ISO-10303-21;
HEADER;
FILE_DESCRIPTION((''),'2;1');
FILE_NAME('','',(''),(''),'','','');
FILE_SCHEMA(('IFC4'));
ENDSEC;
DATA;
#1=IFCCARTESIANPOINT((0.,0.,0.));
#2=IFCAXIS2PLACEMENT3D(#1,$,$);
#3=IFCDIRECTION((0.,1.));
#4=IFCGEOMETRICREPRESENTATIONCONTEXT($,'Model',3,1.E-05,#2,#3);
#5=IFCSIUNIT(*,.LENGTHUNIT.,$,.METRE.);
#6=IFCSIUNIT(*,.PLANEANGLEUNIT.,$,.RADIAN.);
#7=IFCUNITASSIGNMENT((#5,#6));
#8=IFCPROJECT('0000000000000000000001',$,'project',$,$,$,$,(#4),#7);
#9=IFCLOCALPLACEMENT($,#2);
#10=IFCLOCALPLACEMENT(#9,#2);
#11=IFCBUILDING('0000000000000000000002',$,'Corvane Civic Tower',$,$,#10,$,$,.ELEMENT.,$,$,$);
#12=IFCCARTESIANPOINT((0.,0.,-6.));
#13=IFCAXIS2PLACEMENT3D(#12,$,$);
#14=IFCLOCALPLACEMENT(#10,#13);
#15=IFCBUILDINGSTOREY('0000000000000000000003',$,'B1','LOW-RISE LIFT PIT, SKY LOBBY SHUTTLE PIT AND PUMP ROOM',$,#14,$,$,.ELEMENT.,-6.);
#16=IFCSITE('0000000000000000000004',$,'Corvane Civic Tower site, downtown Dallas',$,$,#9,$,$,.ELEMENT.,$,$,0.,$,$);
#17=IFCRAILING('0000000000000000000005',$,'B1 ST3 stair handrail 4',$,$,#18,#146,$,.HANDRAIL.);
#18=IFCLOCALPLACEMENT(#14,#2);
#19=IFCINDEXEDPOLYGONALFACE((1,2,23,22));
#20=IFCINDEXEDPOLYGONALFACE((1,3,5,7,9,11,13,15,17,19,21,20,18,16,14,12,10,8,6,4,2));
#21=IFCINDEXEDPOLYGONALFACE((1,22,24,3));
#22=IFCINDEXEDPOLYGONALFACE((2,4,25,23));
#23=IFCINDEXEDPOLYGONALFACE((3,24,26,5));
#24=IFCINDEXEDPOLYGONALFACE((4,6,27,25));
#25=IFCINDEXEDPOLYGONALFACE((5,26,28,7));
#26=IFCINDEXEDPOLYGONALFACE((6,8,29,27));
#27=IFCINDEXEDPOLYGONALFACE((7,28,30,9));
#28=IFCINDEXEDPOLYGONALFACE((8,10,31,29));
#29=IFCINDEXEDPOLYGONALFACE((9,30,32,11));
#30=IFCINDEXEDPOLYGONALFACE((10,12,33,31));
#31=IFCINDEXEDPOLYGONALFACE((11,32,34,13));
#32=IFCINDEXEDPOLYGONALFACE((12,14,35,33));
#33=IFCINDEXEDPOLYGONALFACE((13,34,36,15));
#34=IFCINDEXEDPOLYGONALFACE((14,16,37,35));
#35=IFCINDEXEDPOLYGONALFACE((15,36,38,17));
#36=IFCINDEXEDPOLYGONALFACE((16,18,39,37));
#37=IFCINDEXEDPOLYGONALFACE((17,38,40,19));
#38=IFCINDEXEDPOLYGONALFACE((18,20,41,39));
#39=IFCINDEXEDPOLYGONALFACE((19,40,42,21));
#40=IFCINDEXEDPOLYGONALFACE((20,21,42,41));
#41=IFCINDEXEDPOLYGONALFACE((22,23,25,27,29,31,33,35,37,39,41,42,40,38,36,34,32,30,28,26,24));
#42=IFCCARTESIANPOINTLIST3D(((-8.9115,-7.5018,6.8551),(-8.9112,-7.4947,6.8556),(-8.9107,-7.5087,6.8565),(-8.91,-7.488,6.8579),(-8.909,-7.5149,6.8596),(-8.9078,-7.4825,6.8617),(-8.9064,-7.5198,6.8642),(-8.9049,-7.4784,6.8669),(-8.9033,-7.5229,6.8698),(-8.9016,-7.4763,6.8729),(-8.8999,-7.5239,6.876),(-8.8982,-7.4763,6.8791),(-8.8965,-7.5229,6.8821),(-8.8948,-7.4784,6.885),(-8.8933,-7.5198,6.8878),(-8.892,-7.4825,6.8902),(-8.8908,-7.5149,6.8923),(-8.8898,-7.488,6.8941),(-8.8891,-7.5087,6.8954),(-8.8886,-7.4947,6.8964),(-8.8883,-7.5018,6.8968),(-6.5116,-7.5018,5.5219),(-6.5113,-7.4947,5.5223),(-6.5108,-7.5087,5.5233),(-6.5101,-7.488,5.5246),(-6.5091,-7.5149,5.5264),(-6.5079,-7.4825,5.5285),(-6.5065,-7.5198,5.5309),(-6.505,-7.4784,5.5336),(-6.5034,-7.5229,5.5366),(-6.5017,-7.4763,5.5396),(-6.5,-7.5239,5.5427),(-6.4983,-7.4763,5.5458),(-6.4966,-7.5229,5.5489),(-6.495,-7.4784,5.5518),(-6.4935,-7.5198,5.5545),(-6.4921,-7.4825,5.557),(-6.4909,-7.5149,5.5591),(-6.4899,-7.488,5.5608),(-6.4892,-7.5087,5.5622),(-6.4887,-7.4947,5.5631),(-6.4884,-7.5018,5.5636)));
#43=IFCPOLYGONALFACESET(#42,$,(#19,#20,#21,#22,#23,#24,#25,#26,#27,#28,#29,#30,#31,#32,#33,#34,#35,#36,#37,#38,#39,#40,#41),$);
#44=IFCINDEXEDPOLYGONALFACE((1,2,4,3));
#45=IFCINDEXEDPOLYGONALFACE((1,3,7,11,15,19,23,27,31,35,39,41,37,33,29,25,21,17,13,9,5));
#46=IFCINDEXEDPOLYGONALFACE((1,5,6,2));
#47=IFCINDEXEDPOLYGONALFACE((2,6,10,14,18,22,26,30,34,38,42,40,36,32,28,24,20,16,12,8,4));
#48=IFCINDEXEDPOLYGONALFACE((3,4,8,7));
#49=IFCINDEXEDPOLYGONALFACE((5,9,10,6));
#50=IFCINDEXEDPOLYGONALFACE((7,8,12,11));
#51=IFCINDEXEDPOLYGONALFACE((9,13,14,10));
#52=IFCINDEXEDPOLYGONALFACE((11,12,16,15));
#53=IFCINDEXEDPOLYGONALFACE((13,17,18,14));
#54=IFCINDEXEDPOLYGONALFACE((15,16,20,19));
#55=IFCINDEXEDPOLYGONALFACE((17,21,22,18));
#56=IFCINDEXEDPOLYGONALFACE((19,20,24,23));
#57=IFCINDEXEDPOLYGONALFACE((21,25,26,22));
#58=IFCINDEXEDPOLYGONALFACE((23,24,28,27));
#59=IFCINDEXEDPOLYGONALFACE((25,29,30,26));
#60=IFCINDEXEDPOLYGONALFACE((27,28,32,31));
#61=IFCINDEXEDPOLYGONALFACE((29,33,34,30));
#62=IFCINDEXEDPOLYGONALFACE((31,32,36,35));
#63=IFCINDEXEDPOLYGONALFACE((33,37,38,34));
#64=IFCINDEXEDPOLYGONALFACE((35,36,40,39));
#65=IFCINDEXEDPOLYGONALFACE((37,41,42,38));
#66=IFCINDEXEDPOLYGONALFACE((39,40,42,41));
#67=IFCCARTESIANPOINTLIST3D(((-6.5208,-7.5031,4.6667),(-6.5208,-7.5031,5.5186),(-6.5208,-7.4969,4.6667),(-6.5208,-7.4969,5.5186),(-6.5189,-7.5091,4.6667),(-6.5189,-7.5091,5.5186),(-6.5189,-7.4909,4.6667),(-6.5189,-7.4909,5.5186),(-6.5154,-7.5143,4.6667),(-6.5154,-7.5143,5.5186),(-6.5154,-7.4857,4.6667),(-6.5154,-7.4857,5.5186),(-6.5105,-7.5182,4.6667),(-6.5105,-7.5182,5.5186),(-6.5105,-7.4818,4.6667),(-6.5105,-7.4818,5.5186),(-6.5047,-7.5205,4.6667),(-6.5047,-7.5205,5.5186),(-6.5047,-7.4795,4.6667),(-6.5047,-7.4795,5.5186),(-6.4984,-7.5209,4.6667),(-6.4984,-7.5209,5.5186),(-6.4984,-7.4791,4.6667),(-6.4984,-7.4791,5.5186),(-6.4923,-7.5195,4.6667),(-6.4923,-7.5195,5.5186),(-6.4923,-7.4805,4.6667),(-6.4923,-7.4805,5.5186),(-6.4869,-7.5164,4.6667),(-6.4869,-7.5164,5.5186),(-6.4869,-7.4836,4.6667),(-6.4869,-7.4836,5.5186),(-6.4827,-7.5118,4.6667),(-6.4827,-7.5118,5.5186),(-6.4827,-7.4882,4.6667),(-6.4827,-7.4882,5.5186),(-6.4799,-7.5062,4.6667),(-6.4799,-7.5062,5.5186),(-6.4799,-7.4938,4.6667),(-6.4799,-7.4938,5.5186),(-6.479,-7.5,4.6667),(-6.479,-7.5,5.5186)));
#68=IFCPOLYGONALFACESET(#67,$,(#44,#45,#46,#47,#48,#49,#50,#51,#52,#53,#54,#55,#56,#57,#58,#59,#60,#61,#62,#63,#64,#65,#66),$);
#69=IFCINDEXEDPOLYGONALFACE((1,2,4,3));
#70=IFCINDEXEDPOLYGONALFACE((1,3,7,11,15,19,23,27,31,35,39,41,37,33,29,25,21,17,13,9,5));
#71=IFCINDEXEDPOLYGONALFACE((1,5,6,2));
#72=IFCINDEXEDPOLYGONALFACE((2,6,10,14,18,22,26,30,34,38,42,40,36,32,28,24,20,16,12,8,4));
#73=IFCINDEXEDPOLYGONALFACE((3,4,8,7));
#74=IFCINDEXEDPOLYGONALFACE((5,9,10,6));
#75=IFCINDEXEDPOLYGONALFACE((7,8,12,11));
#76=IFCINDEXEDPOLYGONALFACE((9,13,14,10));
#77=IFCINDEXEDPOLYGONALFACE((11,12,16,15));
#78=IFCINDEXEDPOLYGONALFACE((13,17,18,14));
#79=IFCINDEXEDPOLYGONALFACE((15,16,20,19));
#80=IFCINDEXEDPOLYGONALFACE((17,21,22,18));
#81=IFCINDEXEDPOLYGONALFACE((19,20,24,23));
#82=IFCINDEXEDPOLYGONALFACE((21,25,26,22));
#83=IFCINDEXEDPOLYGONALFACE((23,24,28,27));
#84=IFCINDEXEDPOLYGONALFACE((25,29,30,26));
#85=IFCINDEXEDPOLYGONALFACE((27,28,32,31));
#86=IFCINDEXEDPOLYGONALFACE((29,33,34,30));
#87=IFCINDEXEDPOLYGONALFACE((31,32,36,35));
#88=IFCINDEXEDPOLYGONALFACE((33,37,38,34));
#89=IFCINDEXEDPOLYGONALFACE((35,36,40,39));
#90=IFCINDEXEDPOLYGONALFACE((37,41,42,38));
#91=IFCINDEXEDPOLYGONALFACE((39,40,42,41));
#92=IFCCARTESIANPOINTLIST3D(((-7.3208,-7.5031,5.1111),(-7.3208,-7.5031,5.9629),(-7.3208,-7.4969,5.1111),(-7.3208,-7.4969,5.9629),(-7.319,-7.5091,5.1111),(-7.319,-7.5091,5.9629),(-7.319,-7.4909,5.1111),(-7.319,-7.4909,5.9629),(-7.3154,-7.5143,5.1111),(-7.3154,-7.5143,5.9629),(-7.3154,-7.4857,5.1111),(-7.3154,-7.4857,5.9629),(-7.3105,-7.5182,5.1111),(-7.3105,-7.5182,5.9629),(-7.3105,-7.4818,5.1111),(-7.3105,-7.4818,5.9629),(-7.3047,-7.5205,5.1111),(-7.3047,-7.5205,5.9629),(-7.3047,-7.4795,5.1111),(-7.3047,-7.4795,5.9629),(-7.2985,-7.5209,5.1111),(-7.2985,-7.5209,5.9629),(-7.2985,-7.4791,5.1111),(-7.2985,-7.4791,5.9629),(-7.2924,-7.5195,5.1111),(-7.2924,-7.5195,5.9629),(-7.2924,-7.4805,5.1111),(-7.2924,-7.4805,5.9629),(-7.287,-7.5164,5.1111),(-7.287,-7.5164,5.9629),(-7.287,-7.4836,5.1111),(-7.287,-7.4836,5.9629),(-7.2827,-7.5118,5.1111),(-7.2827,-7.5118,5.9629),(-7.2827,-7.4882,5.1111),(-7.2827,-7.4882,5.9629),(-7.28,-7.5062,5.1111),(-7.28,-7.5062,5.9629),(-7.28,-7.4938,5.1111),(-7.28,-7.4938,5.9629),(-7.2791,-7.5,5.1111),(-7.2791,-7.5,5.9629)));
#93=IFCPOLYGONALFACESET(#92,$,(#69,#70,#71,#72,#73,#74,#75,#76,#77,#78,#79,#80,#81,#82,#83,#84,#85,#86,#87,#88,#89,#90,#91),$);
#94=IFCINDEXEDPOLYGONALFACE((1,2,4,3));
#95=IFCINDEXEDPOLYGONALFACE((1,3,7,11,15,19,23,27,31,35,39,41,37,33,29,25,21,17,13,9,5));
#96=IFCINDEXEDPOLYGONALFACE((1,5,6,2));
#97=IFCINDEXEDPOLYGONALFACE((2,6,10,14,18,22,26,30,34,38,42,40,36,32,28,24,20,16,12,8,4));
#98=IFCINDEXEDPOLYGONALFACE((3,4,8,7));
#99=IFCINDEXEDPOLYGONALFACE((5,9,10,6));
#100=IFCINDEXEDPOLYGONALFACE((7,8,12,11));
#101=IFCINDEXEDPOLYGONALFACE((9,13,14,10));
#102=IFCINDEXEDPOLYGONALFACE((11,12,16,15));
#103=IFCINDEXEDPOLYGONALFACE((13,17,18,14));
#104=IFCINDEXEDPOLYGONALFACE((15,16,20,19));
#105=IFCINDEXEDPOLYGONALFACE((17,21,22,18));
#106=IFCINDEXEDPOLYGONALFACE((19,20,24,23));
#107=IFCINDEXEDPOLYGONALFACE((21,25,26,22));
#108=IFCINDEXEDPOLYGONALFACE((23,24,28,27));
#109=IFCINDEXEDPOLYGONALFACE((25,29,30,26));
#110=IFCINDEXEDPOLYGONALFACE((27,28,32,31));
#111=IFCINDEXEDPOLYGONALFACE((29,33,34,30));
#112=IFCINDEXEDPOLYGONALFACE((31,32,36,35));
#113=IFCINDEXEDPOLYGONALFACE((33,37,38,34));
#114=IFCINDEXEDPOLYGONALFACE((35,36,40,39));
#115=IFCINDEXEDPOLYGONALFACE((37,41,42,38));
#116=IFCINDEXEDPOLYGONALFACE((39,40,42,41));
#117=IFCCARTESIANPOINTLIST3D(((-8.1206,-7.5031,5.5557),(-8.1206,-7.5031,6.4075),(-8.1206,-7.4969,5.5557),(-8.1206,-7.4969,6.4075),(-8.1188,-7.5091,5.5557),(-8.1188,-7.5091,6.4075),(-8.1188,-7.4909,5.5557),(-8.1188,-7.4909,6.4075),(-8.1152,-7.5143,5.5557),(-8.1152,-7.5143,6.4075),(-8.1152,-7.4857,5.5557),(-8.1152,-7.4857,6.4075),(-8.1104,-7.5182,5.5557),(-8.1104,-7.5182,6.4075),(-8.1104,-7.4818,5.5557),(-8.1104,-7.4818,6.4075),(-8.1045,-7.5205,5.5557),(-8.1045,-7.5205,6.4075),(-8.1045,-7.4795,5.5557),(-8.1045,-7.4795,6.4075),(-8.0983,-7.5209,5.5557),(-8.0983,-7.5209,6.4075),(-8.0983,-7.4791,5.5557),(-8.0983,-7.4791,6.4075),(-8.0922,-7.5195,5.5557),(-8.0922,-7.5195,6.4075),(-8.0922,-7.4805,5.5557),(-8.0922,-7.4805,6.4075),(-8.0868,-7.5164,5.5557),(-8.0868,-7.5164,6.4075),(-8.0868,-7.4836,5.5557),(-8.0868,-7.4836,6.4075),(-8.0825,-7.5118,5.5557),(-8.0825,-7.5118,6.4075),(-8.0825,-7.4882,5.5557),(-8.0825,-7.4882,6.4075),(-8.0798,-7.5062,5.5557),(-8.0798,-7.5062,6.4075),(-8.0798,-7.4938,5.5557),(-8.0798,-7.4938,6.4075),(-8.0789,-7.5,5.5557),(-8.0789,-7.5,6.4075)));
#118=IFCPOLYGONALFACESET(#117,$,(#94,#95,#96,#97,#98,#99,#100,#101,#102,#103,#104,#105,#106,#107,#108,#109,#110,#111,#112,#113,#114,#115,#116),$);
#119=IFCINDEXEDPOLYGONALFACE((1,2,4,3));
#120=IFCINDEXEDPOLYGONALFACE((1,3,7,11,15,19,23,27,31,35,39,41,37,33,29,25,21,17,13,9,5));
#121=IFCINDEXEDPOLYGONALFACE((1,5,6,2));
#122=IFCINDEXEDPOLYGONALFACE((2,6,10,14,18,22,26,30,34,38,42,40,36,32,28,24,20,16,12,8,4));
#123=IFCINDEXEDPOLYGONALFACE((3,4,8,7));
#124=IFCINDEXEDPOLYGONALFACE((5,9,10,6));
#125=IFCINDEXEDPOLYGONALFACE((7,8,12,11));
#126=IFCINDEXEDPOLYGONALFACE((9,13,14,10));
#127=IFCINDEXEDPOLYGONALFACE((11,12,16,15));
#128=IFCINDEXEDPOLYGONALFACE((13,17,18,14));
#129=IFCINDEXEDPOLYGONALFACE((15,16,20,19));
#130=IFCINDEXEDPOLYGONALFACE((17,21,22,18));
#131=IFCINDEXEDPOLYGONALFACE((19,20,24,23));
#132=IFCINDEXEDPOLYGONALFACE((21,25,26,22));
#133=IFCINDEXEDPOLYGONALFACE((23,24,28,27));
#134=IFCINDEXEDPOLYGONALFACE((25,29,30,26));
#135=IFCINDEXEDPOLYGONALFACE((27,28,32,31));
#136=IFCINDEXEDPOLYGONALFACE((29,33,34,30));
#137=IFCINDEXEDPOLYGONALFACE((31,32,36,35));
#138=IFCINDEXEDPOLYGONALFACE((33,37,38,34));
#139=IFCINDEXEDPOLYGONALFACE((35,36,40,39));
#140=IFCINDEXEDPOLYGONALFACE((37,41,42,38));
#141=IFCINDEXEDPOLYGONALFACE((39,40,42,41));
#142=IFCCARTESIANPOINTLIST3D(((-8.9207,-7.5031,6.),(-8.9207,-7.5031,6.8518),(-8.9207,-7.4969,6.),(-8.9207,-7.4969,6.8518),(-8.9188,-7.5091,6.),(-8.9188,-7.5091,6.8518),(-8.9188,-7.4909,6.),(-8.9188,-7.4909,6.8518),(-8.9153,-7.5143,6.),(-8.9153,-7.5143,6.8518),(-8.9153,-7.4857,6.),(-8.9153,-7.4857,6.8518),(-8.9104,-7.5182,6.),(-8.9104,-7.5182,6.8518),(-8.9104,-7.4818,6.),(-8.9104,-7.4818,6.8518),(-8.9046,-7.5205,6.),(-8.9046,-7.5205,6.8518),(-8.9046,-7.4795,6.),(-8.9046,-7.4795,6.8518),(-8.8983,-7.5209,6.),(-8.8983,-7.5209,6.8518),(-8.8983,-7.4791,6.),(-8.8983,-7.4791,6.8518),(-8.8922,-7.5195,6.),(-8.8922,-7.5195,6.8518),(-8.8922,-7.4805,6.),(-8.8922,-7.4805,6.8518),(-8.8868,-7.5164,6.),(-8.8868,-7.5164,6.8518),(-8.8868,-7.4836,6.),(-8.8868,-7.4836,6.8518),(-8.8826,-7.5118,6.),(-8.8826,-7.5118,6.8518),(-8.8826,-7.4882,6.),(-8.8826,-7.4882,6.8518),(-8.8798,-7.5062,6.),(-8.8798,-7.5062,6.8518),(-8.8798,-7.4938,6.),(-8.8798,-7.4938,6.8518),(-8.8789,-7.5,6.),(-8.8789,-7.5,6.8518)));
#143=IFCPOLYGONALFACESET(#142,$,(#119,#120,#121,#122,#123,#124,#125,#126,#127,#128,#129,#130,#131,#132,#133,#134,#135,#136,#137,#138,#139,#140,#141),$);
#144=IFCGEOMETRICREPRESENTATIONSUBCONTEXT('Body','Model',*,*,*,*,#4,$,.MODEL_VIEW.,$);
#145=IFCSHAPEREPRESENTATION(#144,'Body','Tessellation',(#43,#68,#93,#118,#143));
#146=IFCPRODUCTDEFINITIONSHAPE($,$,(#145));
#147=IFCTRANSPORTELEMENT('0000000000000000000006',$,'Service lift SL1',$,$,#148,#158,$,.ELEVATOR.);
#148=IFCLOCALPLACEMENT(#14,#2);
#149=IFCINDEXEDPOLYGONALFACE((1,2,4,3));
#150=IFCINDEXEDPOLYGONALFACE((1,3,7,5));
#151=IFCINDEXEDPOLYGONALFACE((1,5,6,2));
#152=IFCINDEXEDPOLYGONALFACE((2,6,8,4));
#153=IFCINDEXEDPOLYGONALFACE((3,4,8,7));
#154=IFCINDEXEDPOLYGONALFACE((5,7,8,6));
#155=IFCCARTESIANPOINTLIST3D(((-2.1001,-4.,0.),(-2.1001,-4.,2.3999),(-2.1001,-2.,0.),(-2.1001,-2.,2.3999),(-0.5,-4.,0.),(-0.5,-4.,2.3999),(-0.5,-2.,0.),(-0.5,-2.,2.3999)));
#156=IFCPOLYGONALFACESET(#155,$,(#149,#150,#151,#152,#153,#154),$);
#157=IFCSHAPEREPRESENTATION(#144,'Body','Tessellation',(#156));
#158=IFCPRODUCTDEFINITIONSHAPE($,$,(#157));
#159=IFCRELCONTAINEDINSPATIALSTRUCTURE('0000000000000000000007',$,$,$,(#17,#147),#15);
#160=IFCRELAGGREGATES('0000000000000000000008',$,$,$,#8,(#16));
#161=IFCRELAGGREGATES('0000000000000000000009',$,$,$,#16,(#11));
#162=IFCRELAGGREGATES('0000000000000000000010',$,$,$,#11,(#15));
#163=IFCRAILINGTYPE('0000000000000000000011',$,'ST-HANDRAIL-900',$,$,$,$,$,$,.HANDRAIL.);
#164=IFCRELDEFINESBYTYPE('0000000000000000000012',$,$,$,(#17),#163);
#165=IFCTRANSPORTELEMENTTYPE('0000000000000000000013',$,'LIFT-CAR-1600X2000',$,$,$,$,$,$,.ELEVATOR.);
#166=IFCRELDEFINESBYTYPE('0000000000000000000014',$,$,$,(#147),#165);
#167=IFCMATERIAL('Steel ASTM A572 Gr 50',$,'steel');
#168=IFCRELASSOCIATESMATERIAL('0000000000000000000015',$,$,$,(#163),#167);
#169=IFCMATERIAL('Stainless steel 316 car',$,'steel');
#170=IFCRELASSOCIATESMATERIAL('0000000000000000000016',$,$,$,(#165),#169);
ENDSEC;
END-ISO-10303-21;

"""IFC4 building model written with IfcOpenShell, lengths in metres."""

from ifc_helpers import new_model, si_unit, direction, frame, origin, origin_2d, place, context, subcontext, project, spatial, rectangle, circle, extrude, material, type_object, element, save


model = new_model("IFC4")

# Units and contexts
model_context = context("Model", 3, precision=1e-05, world=origin(), true_north=direction((0.0, 1.0)))
body_context = subcontext(model_context, "Body", "Model", "MODEL_VIEW")
ifc_project = project(units=[si_unit("LENGTHUNIT", "METRE"), si_unit("PLANEANGLEUNIT", "RADIAN")], contexts=[model_context])

# Site, building, storey
site_placement = place(None, origin())
site = spatial("IfcSite", under=ifc_project, at=site_placement, Name="Corvane Civic Tower site, downtown Dallas", CompositionType="ELEMENT", RefElevation=0.0)
building_placement = place(site_placement, origin())
building = spatial("IfcBuilding", under=site, at=building_placement, Name="Corvane Civic Tower", CompositionType="ELEMENT")
storey_placement = place(building_placement, frame((0.0, 0.0, -6.0)))
storey = spatial("IfcBuildingStorey", under=building, at=storey_placement, Name="B1", Description="LOW-RISE LIFT PIT, SKY LOBBY SHUTTLE PIT AND PUMP ROOM", CompositionType="ELEMENT", Elevation=-6.0)

# Railing
ifc_material_1 = material(Name="Steel ASTM A572 Gr 50", Category="steel")
railing_type = type_object("IfcRailingType", Name="ST-HANDRAIL-900", PredefinedType="HANDRAIL", material=ifc_material_1)
for number, where, name in (
    (1, (-6.5, -7.5, 4.6667), "B1 ST3 stair handrail 4"),
):
    element("IfcRailing", number, at=place(storey_placement, frame(where)), inside=storey, type_object=railing_type, Name=name, PredefinedType="HANDRAIL", context=body_context, shape_type="SweptSolid", body=[
        extrude(circle(Radius=0.0239, at=origin_2d()), frame((0.0, 0.0, 0.876), z_axis=(-0.874161, 0.0, 0.485635), x_axis=(0.0, -1.0, 0.0)), (0.0, 0.0, 1.0), 2.7454),
        extrude(circle(Radius=0.021, at=origin_2d()), origin(), (0.0, 0.0, 1.0), 0.8518),
        extrude(circle(Radius=0.021, at=origin_2d()), frame((-0.8, 0.0, 0.4443)), (0.0, 0.0, 1.0), 0.8518),
        extrude(circle(Radius=0.021, at=origin_2d()), frame((-1.5999, 0.0, 0.8889)), (0.0, 0.0, 1.0), 0.8518),
        extrude(circle(Radius=0.021, at=origin_2d()), frame((-2.3999, 0.0, 1.3333)), (0.0, 0.0, 1.0), 0.8518),
    ])

# Transport element
ifc_material_2 = material(Name="Stainless steel 316 car", Category="steel")
transport_element_type = type_object("IfcTransportElementType", Name="LIFT-CAR-1600X2000", PredefinedType="ELEVATOR", material=ifc_material_2)
transport_element_placement = place(storey_placement, frame((-1.3, -3.0, 0.0), z_axis=(0.0, 0.0, 1.0), x_axis=(1.0, 0.0, 0.0)))
element("IfcTransportElement", 2, at=transport_element_placement, inside=storey, type_object=transport_element_type, Name="Service lift SL1", PredefinedType="ELEVATOR", context=body_context, shape_type="SweptSolid", body=[
    extrude(rectangle(XDim=1.6001, YDim=2.0, at=origin_2d()), origin(), (0.0, 0.0, 1.0), 2.3999),
])

save(model, "model.ifc")
